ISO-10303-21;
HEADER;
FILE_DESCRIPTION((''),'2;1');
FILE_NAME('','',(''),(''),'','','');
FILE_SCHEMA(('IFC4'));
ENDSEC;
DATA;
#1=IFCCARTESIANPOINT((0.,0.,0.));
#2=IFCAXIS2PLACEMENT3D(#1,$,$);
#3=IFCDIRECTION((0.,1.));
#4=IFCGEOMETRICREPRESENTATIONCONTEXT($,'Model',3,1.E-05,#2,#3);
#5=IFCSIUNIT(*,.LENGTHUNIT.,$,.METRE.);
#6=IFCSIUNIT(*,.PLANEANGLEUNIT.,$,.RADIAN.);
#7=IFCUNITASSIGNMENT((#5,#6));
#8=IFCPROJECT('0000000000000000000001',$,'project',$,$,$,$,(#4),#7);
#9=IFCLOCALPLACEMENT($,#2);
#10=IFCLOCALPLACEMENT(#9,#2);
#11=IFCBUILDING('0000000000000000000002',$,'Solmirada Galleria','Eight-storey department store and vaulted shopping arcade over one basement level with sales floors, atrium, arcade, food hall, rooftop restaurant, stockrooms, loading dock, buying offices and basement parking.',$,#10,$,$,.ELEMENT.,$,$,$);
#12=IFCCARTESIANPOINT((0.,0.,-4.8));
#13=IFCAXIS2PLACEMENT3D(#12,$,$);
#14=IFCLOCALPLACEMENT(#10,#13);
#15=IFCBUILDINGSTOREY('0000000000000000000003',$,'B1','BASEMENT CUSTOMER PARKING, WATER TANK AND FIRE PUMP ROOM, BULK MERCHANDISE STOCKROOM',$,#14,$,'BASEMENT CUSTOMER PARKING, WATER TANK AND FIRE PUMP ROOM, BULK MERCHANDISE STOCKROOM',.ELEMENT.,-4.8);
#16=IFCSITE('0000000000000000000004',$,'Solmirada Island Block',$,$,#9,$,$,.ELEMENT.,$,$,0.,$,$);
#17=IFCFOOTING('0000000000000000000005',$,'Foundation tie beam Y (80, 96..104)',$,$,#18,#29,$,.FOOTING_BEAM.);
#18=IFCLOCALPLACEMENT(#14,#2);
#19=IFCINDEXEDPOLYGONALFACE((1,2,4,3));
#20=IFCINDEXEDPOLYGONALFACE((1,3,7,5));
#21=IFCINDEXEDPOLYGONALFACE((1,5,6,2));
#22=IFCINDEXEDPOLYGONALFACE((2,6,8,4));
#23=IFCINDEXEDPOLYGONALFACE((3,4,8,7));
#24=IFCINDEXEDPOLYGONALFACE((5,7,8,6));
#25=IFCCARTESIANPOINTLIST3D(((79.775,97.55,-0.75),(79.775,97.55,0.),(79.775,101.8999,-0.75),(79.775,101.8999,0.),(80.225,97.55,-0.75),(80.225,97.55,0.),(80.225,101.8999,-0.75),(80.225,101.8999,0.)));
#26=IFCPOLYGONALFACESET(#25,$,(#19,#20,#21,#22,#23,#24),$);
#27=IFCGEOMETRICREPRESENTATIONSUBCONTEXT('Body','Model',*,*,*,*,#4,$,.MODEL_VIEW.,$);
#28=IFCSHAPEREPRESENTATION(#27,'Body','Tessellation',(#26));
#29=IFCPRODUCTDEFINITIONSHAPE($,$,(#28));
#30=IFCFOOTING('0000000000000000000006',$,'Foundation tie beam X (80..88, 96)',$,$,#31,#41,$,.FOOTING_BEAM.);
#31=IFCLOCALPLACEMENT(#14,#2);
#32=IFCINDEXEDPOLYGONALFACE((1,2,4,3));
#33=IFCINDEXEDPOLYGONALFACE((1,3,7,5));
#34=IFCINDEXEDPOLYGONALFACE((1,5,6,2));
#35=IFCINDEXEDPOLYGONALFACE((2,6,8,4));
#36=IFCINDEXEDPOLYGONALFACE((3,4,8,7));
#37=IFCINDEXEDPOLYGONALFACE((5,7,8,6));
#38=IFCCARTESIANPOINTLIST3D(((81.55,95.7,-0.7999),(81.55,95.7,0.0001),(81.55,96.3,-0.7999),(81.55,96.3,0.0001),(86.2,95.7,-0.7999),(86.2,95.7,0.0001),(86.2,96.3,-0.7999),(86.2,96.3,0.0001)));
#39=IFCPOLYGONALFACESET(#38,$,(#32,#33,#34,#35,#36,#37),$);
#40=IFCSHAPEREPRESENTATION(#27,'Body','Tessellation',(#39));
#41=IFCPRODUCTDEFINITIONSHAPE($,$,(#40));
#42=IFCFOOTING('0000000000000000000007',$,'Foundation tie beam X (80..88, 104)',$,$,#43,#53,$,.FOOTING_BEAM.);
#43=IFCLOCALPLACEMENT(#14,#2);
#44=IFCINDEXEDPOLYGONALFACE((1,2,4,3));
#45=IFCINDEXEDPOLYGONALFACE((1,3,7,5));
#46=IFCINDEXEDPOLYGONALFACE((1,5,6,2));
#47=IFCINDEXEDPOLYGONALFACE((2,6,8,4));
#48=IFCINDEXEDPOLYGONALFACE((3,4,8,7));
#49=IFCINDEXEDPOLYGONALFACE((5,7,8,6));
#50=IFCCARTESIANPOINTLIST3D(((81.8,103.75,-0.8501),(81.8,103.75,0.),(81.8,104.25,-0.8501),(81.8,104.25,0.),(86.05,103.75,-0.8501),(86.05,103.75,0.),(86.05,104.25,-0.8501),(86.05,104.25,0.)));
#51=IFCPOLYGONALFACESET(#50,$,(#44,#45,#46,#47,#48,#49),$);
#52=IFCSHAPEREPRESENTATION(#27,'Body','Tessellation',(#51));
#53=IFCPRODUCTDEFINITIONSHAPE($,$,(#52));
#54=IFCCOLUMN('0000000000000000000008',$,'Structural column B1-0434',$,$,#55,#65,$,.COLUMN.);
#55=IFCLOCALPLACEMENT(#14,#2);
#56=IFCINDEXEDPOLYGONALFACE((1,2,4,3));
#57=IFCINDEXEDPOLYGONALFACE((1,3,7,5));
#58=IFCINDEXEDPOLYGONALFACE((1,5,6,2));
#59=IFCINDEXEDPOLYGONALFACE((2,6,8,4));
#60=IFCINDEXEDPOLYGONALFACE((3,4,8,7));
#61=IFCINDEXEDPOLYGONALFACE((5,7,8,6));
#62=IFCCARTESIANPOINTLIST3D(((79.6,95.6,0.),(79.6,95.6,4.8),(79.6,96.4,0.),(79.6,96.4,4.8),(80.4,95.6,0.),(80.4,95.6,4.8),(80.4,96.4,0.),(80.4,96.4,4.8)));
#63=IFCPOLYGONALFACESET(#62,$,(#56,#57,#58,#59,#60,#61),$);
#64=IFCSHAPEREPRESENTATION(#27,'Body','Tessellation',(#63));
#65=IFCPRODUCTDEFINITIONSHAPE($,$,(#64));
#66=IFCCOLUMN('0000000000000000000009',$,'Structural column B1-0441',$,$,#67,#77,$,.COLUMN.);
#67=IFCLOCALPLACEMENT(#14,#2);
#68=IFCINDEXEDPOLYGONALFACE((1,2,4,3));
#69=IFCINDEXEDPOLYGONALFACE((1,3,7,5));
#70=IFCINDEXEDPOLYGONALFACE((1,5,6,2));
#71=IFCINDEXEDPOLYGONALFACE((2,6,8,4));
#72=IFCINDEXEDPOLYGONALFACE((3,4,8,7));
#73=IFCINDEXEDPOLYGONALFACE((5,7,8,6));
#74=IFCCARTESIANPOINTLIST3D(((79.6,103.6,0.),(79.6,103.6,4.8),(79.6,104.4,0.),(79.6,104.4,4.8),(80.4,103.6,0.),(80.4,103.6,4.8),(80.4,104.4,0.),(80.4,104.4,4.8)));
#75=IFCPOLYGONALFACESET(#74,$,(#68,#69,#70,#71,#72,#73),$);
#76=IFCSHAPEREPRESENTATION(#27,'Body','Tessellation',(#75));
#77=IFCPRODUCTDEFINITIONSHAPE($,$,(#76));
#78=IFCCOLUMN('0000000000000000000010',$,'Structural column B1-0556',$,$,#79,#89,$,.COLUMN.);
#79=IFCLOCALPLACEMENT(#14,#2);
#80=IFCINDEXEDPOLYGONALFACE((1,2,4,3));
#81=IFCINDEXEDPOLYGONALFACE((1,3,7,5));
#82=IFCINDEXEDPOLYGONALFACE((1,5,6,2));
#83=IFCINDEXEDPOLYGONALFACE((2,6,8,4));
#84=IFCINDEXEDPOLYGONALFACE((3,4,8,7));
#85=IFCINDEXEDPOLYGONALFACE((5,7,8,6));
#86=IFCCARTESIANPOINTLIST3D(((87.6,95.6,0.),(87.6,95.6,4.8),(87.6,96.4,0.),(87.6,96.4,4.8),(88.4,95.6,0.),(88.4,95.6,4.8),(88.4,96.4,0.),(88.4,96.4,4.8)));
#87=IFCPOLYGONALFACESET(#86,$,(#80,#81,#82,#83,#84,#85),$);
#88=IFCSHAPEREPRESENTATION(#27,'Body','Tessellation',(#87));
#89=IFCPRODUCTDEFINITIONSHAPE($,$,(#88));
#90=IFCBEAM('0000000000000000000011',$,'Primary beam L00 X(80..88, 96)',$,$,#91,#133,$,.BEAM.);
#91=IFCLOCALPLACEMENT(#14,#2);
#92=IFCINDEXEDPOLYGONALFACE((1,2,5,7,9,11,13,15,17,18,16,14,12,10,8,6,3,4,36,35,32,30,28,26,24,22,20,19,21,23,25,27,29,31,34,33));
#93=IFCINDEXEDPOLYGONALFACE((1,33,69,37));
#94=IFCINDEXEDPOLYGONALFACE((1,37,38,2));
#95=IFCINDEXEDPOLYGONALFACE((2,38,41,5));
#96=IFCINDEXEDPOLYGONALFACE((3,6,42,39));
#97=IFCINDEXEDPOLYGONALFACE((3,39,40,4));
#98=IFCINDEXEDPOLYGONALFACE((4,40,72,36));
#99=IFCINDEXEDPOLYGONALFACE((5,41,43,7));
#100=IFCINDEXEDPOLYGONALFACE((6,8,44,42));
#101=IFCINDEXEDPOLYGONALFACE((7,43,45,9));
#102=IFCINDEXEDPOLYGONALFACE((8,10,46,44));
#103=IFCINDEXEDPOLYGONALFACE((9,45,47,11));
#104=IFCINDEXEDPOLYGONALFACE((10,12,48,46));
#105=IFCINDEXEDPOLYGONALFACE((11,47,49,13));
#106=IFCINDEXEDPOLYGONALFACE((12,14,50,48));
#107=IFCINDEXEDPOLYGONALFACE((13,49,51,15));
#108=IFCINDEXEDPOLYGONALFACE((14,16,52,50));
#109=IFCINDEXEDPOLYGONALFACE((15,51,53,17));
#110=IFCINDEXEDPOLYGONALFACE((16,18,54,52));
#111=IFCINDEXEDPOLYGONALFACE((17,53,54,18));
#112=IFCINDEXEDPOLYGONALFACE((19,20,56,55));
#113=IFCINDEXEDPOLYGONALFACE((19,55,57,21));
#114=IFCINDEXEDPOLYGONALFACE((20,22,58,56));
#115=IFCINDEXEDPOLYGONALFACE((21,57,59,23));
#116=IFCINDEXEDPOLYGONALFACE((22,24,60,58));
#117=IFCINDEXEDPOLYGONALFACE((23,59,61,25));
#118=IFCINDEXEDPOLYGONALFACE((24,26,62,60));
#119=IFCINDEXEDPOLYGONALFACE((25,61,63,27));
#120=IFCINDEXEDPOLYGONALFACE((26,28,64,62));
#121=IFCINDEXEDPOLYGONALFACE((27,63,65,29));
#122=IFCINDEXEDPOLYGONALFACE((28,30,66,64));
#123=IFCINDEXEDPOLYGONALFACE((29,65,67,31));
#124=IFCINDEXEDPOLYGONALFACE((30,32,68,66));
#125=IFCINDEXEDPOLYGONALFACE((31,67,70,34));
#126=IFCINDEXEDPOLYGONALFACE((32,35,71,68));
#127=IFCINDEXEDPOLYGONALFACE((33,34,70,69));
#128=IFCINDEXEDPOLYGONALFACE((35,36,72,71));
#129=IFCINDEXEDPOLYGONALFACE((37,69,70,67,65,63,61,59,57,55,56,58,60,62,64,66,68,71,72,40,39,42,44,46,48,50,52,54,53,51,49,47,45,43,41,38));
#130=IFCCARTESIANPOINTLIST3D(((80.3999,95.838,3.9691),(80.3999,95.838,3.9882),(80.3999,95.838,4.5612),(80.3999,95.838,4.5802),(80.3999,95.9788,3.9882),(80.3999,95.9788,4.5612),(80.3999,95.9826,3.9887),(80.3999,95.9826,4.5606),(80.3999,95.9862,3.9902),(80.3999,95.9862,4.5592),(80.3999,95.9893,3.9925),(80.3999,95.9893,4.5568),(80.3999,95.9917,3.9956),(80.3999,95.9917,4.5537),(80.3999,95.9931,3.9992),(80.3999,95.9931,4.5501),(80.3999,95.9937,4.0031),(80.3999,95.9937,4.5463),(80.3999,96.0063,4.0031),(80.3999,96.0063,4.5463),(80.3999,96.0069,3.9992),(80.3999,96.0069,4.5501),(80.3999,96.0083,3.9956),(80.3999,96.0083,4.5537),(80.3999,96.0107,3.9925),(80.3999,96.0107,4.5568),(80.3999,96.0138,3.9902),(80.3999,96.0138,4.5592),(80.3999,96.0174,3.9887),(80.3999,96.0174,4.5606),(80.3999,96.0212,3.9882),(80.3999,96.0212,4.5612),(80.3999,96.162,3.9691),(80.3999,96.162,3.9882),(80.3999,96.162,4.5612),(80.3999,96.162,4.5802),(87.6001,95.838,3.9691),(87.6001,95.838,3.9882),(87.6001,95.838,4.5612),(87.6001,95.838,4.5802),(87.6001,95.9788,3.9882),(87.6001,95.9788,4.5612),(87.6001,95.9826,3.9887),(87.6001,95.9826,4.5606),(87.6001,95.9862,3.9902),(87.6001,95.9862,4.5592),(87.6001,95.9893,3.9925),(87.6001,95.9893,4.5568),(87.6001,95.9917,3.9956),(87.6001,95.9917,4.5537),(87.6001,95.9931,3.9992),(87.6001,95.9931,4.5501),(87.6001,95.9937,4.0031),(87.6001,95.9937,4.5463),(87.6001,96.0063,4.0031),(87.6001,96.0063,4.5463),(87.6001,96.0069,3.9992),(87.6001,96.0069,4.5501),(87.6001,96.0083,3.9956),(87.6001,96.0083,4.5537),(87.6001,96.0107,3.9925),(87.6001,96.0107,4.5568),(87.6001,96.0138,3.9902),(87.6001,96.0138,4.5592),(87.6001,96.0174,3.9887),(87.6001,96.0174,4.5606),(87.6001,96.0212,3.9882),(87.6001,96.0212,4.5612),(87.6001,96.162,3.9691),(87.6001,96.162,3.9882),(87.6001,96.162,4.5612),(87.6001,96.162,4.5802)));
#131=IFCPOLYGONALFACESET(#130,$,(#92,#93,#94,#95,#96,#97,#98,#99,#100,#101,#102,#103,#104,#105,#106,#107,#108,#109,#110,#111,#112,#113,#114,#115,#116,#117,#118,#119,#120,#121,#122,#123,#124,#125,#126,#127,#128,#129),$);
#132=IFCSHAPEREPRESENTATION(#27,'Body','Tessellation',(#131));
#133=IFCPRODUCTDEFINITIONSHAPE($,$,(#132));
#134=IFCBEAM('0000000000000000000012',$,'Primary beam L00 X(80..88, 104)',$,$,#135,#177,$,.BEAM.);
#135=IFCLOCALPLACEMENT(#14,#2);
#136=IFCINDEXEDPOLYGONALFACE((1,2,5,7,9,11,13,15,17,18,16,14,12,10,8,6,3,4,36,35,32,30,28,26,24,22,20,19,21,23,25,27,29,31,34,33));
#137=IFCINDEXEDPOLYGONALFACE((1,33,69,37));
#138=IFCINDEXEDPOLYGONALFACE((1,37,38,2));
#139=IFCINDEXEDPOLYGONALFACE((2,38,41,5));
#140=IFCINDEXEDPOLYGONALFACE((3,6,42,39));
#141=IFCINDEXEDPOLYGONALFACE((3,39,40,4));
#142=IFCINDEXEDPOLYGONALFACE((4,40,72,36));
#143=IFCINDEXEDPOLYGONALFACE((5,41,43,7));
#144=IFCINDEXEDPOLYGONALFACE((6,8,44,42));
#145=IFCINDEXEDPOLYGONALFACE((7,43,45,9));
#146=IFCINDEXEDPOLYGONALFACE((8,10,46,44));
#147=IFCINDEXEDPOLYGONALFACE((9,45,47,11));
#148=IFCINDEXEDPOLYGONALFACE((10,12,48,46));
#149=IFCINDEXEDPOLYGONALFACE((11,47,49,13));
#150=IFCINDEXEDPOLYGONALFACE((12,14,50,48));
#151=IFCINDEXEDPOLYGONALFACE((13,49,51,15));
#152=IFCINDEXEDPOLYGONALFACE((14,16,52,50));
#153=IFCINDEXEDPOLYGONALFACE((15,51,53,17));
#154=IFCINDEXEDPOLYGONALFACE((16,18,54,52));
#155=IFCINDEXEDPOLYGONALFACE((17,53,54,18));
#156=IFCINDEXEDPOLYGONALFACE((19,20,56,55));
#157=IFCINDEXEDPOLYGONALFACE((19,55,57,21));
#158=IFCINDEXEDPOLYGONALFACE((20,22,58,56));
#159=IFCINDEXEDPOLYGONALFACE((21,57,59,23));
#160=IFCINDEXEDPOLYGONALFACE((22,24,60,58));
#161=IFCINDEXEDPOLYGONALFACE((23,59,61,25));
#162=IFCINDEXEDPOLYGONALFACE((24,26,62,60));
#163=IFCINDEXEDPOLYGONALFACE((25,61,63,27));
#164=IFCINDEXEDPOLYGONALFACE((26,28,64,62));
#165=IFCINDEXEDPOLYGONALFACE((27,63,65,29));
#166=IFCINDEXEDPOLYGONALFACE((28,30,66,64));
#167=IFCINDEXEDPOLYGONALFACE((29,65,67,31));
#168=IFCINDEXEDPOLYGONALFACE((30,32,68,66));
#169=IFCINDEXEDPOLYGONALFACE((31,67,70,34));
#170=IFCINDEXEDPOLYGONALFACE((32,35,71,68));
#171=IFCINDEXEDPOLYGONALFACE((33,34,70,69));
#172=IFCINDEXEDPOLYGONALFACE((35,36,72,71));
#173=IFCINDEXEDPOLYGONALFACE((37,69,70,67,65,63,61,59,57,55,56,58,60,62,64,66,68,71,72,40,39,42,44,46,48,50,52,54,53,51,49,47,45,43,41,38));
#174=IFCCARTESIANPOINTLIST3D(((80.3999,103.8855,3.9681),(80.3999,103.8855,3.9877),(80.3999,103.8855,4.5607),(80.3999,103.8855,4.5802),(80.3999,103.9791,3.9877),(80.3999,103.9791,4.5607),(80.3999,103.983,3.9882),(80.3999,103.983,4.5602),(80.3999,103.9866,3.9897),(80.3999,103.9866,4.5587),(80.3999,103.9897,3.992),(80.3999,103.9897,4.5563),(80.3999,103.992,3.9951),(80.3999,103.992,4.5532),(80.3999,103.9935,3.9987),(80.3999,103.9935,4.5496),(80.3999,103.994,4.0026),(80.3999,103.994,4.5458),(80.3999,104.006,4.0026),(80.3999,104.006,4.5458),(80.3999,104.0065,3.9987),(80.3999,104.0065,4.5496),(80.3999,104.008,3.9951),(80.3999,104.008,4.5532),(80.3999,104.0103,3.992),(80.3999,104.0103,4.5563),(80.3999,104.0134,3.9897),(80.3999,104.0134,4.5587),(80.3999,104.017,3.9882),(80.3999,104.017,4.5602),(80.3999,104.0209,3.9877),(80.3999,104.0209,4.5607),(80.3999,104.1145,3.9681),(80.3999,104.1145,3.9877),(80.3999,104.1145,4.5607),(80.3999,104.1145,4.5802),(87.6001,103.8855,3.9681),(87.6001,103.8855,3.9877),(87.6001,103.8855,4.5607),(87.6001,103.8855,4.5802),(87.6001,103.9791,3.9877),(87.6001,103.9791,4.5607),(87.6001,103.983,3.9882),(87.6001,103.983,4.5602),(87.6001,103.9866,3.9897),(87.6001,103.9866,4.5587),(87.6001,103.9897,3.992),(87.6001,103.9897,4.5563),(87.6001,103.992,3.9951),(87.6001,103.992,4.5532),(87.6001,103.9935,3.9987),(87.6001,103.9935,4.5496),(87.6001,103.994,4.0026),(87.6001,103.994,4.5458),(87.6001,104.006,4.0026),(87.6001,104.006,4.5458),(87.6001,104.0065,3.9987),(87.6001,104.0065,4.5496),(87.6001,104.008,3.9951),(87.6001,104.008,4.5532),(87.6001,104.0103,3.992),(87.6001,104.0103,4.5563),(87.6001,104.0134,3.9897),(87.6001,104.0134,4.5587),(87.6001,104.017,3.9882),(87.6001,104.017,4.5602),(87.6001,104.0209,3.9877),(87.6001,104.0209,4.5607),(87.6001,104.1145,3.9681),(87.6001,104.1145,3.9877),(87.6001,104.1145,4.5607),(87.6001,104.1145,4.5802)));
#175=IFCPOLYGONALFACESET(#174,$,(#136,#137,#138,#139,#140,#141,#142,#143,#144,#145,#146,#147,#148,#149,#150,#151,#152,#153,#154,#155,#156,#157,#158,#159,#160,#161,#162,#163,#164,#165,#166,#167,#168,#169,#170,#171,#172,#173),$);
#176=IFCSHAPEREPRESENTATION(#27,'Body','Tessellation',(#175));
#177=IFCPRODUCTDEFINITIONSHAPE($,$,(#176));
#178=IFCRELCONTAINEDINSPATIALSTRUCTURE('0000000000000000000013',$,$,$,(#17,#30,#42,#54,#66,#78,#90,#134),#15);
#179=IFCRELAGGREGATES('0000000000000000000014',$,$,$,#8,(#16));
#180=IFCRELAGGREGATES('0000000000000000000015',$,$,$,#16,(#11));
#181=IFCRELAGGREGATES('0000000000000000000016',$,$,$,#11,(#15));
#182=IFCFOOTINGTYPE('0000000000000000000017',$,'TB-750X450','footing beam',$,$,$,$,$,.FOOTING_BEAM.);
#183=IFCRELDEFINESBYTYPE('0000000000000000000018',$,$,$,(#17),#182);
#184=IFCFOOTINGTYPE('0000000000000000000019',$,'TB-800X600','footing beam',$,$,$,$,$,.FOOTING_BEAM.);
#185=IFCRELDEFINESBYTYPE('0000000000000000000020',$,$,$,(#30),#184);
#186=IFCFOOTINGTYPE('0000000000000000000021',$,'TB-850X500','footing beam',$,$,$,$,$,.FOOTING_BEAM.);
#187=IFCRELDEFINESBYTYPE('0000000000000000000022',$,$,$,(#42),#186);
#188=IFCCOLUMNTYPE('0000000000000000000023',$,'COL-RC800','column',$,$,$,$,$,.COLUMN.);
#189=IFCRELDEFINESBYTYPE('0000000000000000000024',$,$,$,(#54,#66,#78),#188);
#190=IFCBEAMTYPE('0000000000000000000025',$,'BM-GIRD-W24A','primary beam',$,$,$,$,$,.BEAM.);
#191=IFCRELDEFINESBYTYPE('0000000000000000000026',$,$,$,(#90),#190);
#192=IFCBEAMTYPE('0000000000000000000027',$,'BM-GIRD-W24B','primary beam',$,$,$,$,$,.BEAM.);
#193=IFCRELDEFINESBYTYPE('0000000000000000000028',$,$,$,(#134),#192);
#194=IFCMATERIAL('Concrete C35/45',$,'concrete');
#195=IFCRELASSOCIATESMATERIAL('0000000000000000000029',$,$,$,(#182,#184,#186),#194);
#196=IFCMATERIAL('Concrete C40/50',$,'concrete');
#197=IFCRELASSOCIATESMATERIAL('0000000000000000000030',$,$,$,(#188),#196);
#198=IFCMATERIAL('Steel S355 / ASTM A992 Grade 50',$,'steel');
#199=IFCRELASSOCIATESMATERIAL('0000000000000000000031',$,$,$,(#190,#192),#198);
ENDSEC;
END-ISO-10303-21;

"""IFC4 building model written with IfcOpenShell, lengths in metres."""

from ifc_helpers import new_model, si_unit, direction, frame, origin, origin_2d, place, context, subcontext, project, spatial, rectangle, i_section, extrude, material, material_profile, profile_set, type_object, element, save


model = new_model("IFC4")

# Units and contexts
model_context = context("Model", 3, precision=1e-05, world=origin(), true_north=direction((0.0, 1.0)))
body_context = subcontext(model_context, "Body", "Model", "MODEL_VIEW")
ifc_project = project(units=[si_unit("LENGTHUNIT", "METRE"), si_unit("PLANEANGLEUNIT", "RADIAN")], contexts=[model_context])

# Site, building, storey
site_placement = place(None, origin())
site = spatial("IfcSite", under=ifc_project, at=site_placement, Name="Solmirada Island Block", CompositionType="ELEMENT", RefElevation=0.0)
building_placement = place(site_placement, origin())
building = spatial("IfcBuilding", under=site, at=building_placement, Name="Solmirada Galleria", Description="Eight-storey department store and vaulted shopping arcade over one basement level with sales floors, atrium, arcade, food hall, rooftop restaurant, stockrooms, loading dock, buying offices and basement parking.", CompositionType="ELEMENT")
storey_placement = place(building_placement, frame((0.0, 0.0, -4.8)))
storey = spatial("IfcBuildingStorey", under=building, at=storey_placement, Name="B1", Description="BASEMENT CUSTOMER PARKING, WATER TANK AND FIRE PUMP ROOM, BULK MERCHANDISE STOCKROOM", LongName="BASEMENT CUSTOMER PARKING, WATER TANK AND FIRE PUMP ROOM, BULK MERCHANDISE STOCKROOM", CompositionType="ELEMENT", Elevation=-4.8)

# Shared definitions
ifc_material_1 = material(Name="Concrete C35/45", Category="concrete")

# Shared definitions
ifc_material_2 = material(Name="Concrete C40/50", Category="concrete")

# Footings
ifc_material_profile_1 = material_profile(ifc_material_1, rectangle(XDim=0.45, YDim=0.75, at=origin_2d()), Name="RC750X450")
ifc_profile_set_1 = profile_set([ifc_material_profile_1], Name="Concrete C35/45")
footing_type_1 = type_object("IfcFootingType", Name="TB-750X450", Description="footing beam", PredefinedType="FOOTING_BEAM", material=ifc_profile_set_1)
footing_1_placement = place(storey_placement, frame((80.0, 97.55, -0.375), z_axis=(0.0, 1.0, 0.0), x_axis=(-1.0, 0.0, 0.0)))
element("IfcFooting", 1, at=footing_1_placement, inside=storey, type_object=footing_type_1, Name="Foundation tie beam Y (80, 96..104)", PredefinedType="FOOTING_BEAM", context=body_context, shape_type="SweptSolid", body=[
    extrude(rectangle(XDim=0.45, YDim=0.75, at=origin_2d()), origin(), (0.0, 0.0, 1.0), 4.3499),
])
ifc_material_profile_2 = material_profile(ifc_material_1, rectangle(XDim=0.6001, YDim=0.8, at=origin_2d()), Name="RC800X600")
ifc_profile_set_2 = profile_set([ifc_material_profile_2], Name="Concrete C35/45")
footing_type_2 = type_object("IfcFootingType", Name="TB-800X600", Description="footing beam", PredefinedType="FOOTING_BEAM", material=ifc_profile_set_2)
footing_2_placement = place(storey_placement, frame((81.55, 96.0, -0.3999), z_axis=(1.0, 0.0, 0.0), x_axis=(0.0, 1.0, 0.0)))
element("IfcFooting", 2, at=footing_2_placement, inside=storey, type_object=footing_type_2, Name="Foundation tie beam X (80..88, 96)", PredefinedType="FOOTING_BEAM", context=body_context, shape_type="SweptSolid", body=[
    extrude(rectangle(XDim=0.6001, YDim=0.8, at=origin_2d()), origin(), (0.0, 0.0, 1.0), 4.6499),
])
ifc_material_profile_3 = material_profile(ifc_material_1, rectangle(XDim=0.5, YDim=0.8501, at=origin_2d()), Name="RC850X500")
ifc_profile_set_3 = profile_set([ifc_material_profile_3], Name="Concrete C35/45")
footing_type_3 = type_object("IfcFootingType", Name="TB-850X500", Description="footing beam", PredefinedType="FOOTING_BEAM", material=ifc_profile_set_3)
footing_3_placement = place(storey_placement, frame((81.8, 104.0, -0.425), z_axis=(1.0, 0.0, 0.0), x_axis=(0.0, 1.0, 0.0)))
element("IfcFooting", 3, at=footing_3_placement, inside=storey, type_object=footing_type_3, Name="Foundation tie beam X (80..88, 104)", PredefinedType="FOOTING_BEAM", context=body_context, shape_type="SweptSolid", body=[
    extrude(rectangle(XDim=0.5, YDim=0.8501, at=origin_2d()), origin(), (0.0, 0.0, 1.0), 4.25),
])

# Columns
ifc_material_profile_4 = material_profile(ifc_material_2, rectangle(XDim=0.8, YDim=0.8, at=origin_2d()), Name="RC800X800")
ifc_profile_set_4 = profile_set([ifc_material_profile_4], Name="Concrete C40/50")
column_type = type_object("IfcColumnType", Name="COL-RC800", Description="column", PredefinedType="COLUMN", material=ifc_profile_set_4)
for number, where, z_axis, x_axis, name in (
    (4, (80.0, 96.0, 0.0), (0.0, 0.0, 1.0), (1.0, 0.0, 0.0), "Structural column B1-0434"),
    (5, (80.0, 104.0, 0.0), (0.0, 0.0, 1.0), (1.0, 0.0, 0.0), "Structural column B1-0441"),
    (6, (88.0, 96.0, 0.0), (0.0, 0.0, 1.0), (1.0, 0.0, 0.0), "Structural column B1-0556"),
):
    element("IfcColumn", number, at=place(storey_placement, frame(where, z_axis=z_axis, x_axis=x_axis)), inside=storey, type_object=column_type, Name=name, PredefinedType="COLUMN", context=body_context, shape_type="SweptSolid", body=[
        extrude(rectangle(XDim=0.8, YDim=0.8, at=origin_2d()), origin(), (0.0, 0.0, 1.0), 4.8),
    ])

# Beams
ifc_material_3 = material(Name="Steel S355 / ASTM A992 Grade 50", Category="steel")
ifc_material_profile_5 = material_profile(ifc_material_3, i_section(OverallWidth=0.324, OverallDepth=0.6111, WebThickness=0.0127, FlangeThickness=0.019, FilletRadius=0.0149, at=origin_2d()), Name="W24X104")
ifc_profile_set_5 = profile_set([ifc_material_profile_5], Name="Steel S355 / ASTM A992 Grade 50")
beam_type_1 = type_object("IfcBeamType", Name="BM-GIRD-W24A", Description="primary beam", PredefinedType="BEAM", material=ifc_profile_set_5)
beam_1_placement = place(storey_placement, frame((80.3999, 96.0, 4.2747), z_axis=(1.0, 0.0, 0.0), x_axis=(0.0, 1.0, 0.0)))
element("IfcBeam", 7, at=beam_1_placement, inside=storey, type_object=beam_type_1, Name="Primary beam L00 X(80..88, 96)", PredefinedType="BEAM", context=body_context, shape_type="SweptSolid", body=[
    extrude(i_section(OverallWidth=0.324, OverallDepth=0.6111, WebThickness=0.0127, FlangeThickness=0.019, FilletRadius=0.0149, at=origin_2d()), origin(), (0.0, 0.0, 1.0), 7.2002),
])
ifc_material_profile_6 = material_profile(ifc_material_3, i_section(OverallWidth=0.229, OverallDepth=0.6121, WebThickness=0.012, FlangeThickness=0.0195, FilletRadius=0.0149, at=origin_2d()), Name="W24X84")
ifc_profile_set_6 = profile_set([ifc_material_profile_6], Name="Steel S355 / ASTM A992 Grade 50")
beam_type_2 = type_object("IfcBeamType", Name="BM-GIRD-W24B", Description="primary beam", PredefinedType="BEAM", material=ifc_profile_set_6)
beam_2_placement = place(storey_placement, frame((80.3999, 104.0, 4.2742), z_axis=(1.0, 0.0, 0.0), x_axis=(0.0, 1.0, 0.0)))
element("IfcBeam", 8, at=beam_2_placement, inside=storey, type_object=beam_type_2, Name="Primary beam L00 X(80..88, 104)", PredefinedType="BEAM", context=body_context, shape_type="SweptSolid", body=[
    extrude(i_section(OverallWidth=0.229, OverallDepth=0.6121, WebThickness=0.012, FlangeThickness=0.0195, FilletRadius=0.0149, at=origin_2d()), origin(), (0.0, 0.0, 1.0), 7.2002),
])

save(model, "model.ifc")
